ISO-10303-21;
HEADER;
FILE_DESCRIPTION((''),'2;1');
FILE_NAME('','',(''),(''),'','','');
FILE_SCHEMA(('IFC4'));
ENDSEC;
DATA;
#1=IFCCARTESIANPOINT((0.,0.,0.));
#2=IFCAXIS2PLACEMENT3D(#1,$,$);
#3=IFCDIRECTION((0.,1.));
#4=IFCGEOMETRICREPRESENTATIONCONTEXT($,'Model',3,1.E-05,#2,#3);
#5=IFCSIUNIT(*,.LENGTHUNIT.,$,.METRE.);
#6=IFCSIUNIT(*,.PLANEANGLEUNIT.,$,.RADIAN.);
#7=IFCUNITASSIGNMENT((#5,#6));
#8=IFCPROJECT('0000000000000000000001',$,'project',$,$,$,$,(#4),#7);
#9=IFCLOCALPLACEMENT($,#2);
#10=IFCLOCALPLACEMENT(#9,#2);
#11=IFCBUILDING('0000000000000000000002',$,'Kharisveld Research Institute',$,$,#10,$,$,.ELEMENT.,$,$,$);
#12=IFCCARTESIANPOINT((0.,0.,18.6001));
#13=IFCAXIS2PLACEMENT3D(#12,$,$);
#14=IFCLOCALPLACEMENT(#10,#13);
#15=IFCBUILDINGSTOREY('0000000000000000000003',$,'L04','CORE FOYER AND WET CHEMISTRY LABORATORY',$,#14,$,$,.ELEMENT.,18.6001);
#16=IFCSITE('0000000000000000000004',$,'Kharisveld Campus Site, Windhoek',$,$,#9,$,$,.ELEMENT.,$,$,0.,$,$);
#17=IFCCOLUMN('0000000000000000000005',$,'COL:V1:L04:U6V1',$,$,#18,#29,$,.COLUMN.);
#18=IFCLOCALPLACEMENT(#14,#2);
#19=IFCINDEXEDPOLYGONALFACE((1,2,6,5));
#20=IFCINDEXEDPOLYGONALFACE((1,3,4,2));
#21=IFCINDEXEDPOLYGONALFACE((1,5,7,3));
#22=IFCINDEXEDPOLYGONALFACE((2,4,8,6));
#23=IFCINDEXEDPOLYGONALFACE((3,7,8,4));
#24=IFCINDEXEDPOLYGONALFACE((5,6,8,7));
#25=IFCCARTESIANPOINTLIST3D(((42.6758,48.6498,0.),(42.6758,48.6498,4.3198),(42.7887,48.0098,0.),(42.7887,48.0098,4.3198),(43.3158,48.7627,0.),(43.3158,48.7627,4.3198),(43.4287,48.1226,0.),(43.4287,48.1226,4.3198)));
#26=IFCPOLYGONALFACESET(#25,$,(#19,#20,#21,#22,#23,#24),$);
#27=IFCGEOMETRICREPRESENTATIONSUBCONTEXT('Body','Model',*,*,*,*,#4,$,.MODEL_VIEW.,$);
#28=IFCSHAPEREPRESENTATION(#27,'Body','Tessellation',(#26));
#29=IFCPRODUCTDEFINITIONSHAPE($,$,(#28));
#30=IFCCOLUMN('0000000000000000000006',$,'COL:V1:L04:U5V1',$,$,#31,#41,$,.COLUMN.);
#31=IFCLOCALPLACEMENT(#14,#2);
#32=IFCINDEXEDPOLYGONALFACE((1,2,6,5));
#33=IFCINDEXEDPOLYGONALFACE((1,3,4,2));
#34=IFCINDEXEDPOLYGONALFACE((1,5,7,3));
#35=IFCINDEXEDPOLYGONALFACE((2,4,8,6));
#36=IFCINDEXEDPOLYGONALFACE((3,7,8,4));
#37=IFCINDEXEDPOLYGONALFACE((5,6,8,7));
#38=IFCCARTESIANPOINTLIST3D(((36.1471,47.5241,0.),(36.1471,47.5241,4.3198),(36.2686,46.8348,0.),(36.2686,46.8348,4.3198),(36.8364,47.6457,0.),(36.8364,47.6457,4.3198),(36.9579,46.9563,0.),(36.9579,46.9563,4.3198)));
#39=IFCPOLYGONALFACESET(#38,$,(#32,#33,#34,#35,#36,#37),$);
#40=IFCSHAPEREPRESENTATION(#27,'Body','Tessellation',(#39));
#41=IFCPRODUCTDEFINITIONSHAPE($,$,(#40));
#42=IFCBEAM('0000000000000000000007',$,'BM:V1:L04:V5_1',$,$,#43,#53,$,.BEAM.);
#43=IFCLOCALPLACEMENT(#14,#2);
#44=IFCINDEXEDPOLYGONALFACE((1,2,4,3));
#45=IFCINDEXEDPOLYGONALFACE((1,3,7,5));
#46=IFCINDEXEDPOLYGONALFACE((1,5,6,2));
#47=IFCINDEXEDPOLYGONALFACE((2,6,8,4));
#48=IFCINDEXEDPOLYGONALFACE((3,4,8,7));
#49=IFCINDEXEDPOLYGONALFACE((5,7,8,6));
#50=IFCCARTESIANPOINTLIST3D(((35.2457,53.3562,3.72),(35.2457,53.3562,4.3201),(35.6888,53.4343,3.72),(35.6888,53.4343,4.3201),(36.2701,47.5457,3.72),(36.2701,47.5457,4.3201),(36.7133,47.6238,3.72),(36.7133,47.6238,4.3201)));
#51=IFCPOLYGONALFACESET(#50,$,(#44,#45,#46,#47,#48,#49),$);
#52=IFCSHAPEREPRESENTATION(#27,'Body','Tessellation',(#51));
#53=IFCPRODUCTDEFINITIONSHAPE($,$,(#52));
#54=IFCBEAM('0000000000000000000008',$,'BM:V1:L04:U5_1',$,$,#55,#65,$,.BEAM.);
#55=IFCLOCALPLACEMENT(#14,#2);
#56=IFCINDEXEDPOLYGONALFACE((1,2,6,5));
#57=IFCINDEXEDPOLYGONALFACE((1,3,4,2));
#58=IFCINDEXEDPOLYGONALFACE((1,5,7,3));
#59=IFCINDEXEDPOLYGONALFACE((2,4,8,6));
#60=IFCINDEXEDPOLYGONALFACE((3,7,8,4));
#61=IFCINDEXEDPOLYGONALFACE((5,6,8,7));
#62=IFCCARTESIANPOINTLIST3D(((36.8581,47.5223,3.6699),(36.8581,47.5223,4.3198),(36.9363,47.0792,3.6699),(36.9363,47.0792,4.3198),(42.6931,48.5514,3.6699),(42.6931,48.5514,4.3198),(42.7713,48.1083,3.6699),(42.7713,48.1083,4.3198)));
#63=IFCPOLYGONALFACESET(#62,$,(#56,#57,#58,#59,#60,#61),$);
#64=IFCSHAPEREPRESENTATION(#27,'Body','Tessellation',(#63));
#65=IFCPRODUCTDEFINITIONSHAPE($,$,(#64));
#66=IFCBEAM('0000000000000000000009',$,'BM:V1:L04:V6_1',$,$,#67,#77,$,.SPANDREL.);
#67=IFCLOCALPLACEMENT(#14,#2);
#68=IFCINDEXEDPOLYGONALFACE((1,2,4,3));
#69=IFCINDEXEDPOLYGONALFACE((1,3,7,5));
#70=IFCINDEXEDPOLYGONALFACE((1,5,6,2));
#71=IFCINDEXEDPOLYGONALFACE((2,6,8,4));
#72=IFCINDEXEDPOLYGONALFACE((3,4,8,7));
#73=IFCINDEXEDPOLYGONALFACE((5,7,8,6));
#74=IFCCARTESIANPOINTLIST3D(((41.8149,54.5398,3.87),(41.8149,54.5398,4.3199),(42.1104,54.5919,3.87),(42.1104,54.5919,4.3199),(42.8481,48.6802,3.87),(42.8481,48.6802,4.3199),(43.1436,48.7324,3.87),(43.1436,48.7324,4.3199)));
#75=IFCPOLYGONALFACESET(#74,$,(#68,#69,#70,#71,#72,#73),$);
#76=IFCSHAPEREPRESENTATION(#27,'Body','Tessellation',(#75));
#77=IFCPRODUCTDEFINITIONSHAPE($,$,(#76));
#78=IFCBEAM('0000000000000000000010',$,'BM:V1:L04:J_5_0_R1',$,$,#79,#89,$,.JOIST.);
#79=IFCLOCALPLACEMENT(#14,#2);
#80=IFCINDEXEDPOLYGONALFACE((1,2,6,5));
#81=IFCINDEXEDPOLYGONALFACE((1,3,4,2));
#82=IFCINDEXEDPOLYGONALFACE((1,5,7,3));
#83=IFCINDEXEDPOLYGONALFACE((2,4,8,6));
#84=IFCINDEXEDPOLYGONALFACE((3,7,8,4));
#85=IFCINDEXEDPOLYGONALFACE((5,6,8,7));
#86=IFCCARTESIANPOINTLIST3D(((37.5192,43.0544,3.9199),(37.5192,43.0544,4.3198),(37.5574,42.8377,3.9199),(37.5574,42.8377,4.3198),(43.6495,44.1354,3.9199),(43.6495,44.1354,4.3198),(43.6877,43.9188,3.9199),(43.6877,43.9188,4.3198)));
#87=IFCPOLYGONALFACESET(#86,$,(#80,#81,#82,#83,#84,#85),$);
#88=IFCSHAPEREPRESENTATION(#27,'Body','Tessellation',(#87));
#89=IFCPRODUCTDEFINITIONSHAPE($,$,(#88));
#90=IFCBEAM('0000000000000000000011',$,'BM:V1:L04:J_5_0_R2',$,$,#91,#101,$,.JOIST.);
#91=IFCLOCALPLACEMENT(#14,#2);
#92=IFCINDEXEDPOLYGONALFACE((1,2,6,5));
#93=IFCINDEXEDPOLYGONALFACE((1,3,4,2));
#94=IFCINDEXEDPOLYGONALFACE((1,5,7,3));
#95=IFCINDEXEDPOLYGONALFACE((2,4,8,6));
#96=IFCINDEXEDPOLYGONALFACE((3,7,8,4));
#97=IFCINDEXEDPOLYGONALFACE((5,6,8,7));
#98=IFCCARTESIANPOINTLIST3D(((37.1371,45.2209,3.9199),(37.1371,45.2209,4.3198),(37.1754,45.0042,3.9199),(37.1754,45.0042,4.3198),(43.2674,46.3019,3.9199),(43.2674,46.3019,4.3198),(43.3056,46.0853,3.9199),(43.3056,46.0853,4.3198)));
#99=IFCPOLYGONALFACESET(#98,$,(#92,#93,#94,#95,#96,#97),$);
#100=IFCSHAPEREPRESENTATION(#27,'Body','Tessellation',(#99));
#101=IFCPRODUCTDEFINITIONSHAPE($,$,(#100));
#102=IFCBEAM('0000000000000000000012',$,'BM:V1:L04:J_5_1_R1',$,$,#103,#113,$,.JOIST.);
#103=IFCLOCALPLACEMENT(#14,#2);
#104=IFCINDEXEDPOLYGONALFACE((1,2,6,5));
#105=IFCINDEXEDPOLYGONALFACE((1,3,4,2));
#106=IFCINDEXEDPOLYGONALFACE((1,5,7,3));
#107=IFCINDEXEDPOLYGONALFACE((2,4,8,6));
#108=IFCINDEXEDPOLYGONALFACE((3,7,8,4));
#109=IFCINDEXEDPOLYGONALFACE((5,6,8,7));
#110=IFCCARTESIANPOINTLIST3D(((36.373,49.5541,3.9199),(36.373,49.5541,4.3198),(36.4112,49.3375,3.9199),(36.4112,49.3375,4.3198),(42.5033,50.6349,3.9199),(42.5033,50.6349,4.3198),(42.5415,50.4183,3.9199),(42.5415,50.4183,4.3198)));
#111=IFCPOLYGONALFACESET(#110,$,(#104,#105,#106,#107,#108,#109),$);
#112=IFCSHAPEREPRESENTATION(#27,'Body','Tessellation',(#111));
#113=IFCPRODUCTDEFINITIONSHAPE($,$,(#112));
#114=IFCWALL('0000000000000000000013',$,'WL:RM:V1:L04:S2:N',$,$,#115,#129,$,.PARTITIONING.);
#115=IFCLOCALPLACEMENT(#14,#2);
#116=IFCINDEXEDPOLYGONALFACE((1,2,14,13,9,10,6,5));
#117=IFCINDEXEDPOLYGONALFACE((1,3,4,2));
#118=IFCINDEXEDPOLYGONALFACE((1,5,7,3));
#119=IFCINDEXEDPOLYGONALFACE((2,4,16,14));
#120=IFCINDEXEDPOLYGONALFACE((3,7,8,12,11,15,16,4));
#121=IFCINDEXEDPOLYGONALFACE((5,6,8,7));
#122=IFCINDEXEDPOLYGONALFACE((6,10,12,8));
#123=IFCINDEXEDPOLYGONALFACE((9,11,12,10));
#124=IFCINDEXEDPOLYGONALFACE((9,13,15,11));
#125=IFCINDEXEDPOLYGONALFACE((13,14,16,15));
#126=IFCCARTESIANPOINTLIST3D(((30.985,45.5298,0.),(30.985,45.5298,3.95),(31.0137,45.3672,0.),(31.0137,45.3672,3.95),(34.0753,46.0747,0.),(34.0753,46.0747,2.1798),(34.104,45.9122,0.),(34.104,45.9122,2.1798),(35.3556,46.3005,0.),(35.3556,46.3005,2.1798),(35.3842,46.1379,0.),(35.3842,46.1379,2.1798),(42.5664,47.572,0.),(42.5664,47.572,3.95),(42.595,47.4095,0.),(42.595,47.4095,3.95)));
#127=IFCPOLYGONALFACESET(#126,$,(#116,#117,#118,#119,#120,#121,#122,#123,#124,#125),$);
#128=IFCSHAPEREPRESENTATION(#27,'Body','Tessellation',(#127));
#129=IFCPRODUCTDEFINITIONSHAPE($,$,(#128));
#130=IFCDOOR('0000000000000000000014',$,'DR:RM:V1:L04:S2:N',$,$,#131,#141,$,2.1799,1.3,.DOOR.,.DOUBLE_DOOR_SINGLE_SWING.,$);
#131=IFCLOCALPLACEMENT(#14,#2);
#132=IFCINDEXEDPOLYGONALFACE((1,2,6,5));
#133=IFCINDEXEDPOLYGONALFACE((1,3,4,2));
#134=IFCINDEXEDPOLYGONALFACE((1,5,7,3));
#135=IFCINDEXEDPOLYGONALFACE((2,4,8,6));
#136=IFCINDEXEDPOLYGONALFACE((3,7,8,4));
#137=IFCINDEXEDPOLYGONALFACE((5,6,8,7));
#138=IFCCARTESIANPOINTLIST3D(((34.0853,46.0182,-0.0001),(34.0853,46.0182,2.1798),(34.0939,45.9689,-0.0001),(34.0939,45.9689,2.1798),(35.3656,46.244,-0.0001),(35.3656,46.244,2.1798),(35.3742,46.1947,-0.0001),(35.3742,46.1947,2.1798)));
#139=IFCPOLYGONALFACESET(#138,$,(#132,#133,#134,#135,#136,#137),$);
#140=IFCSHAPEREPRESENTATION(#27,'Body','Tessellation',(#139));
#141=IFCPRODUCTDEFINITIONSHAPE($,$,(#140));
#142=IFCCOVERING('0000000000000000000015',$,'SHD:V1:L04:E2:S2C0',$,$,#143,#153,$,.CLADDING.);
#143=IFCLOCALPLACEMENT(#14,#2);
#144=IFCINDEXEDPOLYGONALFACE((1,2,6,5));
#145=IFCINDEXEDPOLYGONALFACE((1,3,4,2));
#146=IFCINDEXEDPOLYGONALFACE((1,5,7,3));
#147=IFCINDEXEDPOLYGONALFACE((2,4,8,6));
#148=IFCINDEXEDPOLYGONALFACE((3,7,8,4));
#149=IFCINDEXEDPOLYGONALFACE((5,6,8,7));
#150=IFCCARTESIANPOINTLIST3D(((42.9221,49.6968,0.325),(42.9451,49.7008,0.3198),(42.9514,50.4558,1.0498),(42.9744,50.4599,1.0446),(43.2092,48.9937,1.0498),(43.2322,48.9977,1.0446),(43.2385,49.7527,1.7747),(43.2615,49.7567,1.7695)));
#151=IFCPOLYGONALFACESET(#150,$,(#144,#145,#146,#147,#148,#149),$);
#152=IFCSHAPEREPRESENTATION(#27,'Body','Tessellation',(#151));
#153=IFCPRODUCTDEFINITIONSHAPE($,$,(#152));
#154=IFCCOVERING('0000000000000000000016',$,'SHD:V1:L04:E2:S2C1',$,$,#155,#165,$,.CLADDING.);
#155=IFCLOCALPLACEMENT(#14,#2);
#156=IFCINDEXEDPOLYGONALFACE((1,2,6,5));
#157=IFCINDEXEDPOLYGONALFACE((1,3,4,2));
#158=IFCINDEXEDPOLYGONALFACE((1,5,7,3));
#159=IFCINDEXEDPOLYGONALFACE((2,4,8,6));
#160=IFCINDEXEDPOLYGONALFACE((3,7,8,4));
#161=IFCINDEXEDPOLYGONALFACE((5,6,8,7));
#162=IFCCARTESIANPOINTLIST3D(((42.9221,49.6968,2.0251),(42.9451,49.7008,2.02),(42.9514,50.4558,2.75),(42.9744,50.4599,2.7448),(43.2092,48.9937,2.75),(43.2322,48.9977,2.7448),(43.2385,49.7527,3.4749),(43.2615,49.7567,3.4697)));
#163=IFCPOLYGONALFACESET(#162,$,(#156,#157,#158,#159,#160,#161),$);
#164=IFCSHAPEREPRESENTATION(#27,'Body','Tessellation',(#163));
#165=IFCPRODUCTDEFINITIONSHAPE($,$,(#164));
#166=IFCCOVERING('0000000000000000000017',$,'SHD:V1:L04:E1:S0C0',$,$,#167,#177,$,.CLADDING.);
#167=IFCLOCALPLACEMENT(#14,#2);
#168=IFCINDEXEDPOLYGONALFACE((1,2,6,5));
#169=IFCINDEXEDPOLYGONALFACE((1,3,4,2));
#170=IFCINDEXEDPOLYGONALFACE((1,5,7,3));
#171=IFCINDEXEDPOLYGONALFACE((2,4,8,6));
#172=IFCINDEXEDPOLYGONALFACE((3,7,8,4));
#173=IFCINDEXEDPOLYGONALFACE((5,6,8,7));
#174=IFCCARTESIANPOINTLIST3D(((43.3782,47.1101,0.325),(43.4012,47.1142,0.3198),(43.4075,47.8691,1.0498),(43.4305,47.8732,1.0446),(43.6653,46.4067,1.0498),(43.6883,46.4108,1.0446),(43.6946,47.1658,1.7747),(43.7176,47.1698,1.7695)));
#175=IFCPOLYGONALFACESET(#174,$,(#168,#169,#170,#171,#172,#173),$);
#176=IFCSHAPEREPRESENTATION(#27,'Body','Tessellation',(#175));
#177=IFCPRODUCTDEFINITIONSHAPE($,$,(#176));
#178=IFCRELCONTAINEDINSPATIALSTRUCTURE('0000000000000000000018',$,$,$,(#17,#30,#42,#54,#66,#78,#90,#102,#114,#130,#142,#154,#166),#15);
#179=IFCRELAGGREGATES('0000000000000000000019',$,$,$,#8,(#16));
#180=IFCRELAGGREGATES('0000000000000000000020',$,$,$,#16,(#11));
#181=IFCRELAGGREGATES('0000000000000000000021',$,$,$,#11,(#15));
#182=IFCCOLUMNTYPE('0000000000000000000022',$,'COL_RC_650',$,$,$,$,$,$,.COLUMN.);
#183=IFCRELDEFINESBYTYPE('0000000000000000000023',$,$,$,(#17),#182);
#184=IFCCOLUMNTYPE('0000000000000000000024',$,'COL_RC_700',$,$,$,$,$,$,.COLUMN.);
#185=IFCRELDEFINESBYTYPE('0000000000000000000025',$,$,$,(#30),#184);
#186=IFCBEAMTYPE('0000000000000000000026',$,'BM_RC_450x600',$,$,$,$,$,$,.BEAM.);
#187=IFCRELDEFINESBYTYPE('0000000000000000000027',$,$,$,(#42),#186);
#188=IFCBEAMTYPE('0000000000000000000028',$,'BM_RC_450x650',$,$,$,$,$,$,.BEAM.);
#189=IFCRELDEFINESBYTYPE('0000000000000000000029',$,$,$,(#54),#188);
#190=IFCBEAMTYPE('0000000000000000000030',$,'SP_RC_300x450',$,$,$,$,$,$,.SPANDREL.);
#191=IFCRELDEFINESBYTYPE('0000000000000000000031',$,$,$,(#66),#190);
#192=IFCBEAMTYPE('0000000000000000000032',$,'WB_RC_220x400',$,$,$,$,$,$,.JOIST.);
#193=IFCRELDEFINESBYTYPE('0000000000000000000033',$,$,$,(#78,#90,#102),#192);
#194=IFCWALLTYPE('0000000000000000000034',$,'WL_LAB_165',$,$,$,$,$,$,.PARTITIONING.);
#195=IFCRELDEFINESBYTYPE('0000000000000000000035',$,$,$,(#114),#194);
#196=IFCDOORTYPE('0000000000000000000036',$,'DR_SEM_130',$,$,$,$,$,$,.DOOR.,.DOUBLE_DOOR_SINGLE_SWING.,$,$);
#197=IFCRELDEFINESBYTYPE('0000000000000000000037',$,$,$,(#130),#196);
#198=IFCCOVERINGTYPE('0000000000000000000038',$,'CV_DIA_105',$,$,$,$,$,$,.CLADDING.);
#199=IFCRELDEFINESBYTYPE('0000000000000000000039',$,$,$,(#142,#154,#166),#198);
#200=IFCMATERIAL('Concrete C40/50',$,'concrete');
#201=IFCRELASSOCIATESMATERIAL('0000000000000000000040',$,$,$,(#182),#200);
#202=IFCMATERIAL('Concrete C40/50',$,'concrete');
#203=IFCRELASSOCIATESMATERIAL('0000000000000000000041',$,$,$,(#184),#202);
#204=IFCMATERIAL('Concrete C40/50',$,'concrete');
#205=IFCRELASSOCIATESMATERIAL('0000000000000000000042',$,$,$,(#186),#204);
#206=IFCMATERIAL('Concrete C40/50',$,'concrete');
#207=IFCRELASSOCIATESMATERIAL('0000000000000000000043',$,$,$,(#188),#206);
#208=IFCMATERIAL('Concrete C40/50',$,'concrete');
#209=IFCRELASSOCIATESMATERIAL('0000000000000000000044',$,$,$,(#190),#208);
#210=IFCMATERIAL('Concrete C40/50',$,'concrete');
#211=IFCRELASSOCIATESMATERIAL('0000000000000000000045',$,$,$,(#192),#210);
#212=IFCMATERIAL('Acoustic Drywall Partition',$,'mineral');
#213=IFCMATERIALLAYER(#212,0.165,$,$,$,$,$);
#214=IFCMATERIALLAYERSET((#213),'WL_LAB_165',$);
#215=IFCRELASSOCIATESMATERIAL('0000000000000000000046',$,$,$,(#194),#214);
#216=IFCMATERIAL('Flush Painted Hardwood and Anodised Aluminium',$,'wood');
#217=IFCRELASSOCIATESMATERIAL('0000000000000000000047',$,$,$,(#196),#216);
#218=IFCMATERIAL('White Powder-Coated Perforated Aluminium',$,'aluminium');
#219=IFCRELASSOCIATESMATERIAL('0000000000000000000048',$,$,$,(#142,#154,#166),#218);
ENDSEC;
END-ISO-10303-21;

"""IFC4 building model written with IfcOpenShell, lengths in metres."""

from ifc_helpers import new_model, si_unit, direction, frame, frame_2d, origin, origin_2d, place, context, subcontext, project, spatial, polyline, rectangle, outline, extrude, material, layer, layer_set, material_profile, profile_set, type_object, element, fill, save


model = new_model("IFC4")

# Units and contexts
model_context = context("Model", 3, precision=1e-05, world=origin(), true_north=direction((0.0, 1.0)))
body_context = subcontext(model_context, "Body", "Model", "MODEL_VIEW")
ifc_project = project(units=[si_unit("LENGTHUNIT", "METRE"), si_unit("PLANEANGLEUNIT", "RADIAN")], contexts=[model_context])

# Site, building, storey
site_placement = place(None, origin())
site = spatial("IfcSite", under=ifc_project, at=site_placement, Name="Kharisveld Campus Site, Windhoek", CompositionType="ELEMENT", RefElevation=0.0)
building_placement = place(site_placement, origin())
building = spatial("IfcBuilding", under=site, at=building_placement, Name="Kharisveld Research Institute", CompositionType="ELEMENT")
storey_placement = place(building_placement, frame((0.0, 0.0, 18.6001)))
storey = spatial("IfcBuildingStorey", under=building, at=storey_placement, Name="L04", Description="CORE FOYER AND WET CHEMISTRY LABORATORY", CompositionType="ELEMENT", Elevation=18.6001)

# Columns
ifc_material_1 = material(Name="Concrete C40/50", Category="concrete")
ifc_material_profile_1 = material_profile(ifc_material_1, rectangle(XDim=0.6499, YDim=0.6499, at=origin_2d()))
ifc_profile_set_1 = profile_set([ifc_material_profile_1], Name="Concrete C40/50")
column_type_1 = type_object("IfcColumnType", Name="COL_RC_650", PredefinedType="COLUMN", material=ifc_profile_set_1)
column_1_placement = place(storey_placement, frame((43.0522, 48.3862, 0.0), z_axis=(0.0, 0.0, 1.0), x_axis=(0.984808, 0.173648, 0.0)))
element("IfcColumn", 1, at=column_1_placement, inside=storey, type_object=column_type_1, Name="COL:V1:L04:U6V1", PredefinedType="COLUMN", context=body_context, shape_type="SweptSolid", body=[
    extrude(rectangle(XDim=0.6499, YDim=0.6499, at=origin_2d()), origin(), (0.0, 0.0, 1.0), 4.3198),
])
ifc_material_2 = material(Name="Concrete C40/50", Category="concrete")
ifc_material_profile_2 = material_profile(ifc_material_2, rectangle(XDim=0.7, YDim=0.7, at=origin_2d()))
ifc_profile_set_2 = profile_set([ifc_material_profile_2], Name="Concrete C40/50")
column_type_2 = type_object("IfcColumnType", Name="COL_RC_700", PredefinedType="COLUMN", material=ifc_profile_set_2)
column_2_placement = place(storey_placement, frame((36.5525, 47.2402, 0.0), z_axis=(0.0, 0.0, 1.0), x_axis=(0.984808, 0.173648, 0.0)))
element("IfcColumn", 2, at=column_2_placement, inside=storey, type_object=column_type_2, Name="COL:V1:L04:U5V1", PredefinedType="COLUMN", context=body_context, shape_type="SweptSolid", body=[
    extrude(rectangle(XDim=0.7, YDim=0.7, at=origin_2d()), origin(), (0.0, 0.0, 1.0), 4.3198),
])

# Beams
ifc_material_3 = material(Name="Concrete C40/50", Category="concrete")
ifc_material_profile_3 = material_profile(ifc_material_3, rectangle(XDim=0.45, YDim=0.6001, at=origin_2d()))
ifc_profile_set_3 = profile_set([ifc_material_profile_3], Name="Concrete C40/50")
beam_type_1 = type_object("IfcBeamType", Name="BM_RC_450x600", PredefinedType="BEAM", material=ifc_profile_set_3)
beam_1_placement = place(storey_placement, frame((36.4917, 47.5847, 4.02), z_axis=(-0.173625, 0.984812, 0.0), x_axis=(-0.984812, -0.173625, 0.0)))
element("IfcBeam", 3, at=beam_1_placement, inside=storey, type_object=beam_type_1, Name="BM:V1:L04:V5_1", PredefinedType="BEAM", context=body_context, shape_type="SweptSolid", body=[
    extrude(rectangle(XDim=0.45, YDim=0.6001, at=origin_2d()), origin(), (0.0, 0.0, 1.0), 5.9001),
])
ifc_material_4 = material(Name="Concrete C40/50", Category="concrete")
ifc_material_profile_4 = material_profile(ifc_material_4, rectangle(XDim=0.45, YDim=0.6499, at=origin_2d()))
ifc_profile_set_4 = profile_set([ifc_material_profile_4], Name="Concrete C40/50")
beam_type_2 = type_object("IfcBeamType", Name="BM_RC_450x650", PredefinedType="BEAM", material=ifc_profile_set_4)
beam_2_placement = place(storey_placement, frame((36.8972, 47.3008, 3.9949), z_axis=(0.984802, 0.17368, 0.0), x_axis=(-0.17368, 0.984802, 0.0)))
element("IfcBeam", 4, at=beam_2_placement, inside=storey, type_object=beam_type_2, Name="BM:V1:L04:U5_1", PredefinedType="BEAM", context=body_context, shape_type="SweptSolid", body=[
    extrude(rectangle(XDim=0.45, YDim=0.6499, at=origin_2d()), origin(), (0.0, 0.0, 1.0), 5.925),
])
ifc_material_5 = material(Name="Concrete C40/50", Category="concrete")
ifc_material_profile_5 = material_profile(ifc_material_5, rectangle(XDim=0.3, YDim=0.45, at=origin_2d()))
ifc_profile_set_5 = profile_set([ifc_material_profile_5], Name="Concrete C40/50")
beam_type_3 = type_object("IfcBeamType", Name="SP_RC_300x450", PredefinedType="SPANDREL", material=ifc_profile_set_5)
beam_3_placement = place(storey_placement, frame((42.9958, 48.7063, 4.095), z_axis=(-0.173647, 0.984808, 0.0), x_axis=(-0.984808, -0.173647, 0.0)))
element("IfcBeam", 5, at=beam_3_placement, inside=storey, type_object=beam_type_3, Name="BM:V1:L04:V6_1", PredefinedType="SPANDREL", context=body_context, shape_type="SweptSolid", body=[
    extrude(rectangle(XDim=0.3, YDim=0.45, at=origin_2d()), origin(), (0.0, 0.0, 1.0), 5.95),
])
ifc_material_6 = material(Name="Concrete C40/50", Category="concrete")
ifc_material_profile_6 = material_profile(ifc_material_6, rectangle(XDim=0.22, YDim=0.3999, at=origin_2d()))
ifc_profile_set_6 = profile_set([ifc_material_profile_6], Name="Concrete C40/50")
beam_type_4 = type_object("IfcBeamType", Name="WB_RC_220x400", PredefinedType="JOIST", material=ifc_profile_set_6)
for number, where, z_axis, x_axis, name in (
    (6, (37.5383, 42.946, 4.1199), (0.984805, 0.173665, 0.0), (-0.173665, 0.984805, 0.0), "BM:V1:L04:J_5_0_R1"),
    (7, (37.1562, 45.1125, 4.1199), (0.984805, 0.173665, 0.0), (-0.173665, 0.984805, 0.0), "BM:V1:L04:J_5_0_R2"),
    (8, (36.3921, 49.4458, 4.1199), (0.984812, 0.173626, 0.0), (-0.173626, 0.984812, 0.0), "BM:V1:L04:J_5_1_R1"),
):
    element("IfcBeam", number, at=place(storey_placement, frame(where, z_axis=z_axis, x_axis=x_axis)), inside=storey, type_object=beam_type_4, Name=name, PredefinedType="JOIST", context=body_context, shape_type="SweptSolid", body=[
        extrude(rectangle(XDim=0.22, YDim=0.3999, at=origin_2d()), origin(), (0.0, 0.0, 1.0), 6.2249),
    ])

# Wall, opening, door
ifc_material_7 = material(Name="Acoustic Drywall Partition", Category="mineral")
ifc_layer_1 = layer(ifc_material_7, 0.165)
ifc_layer_set_1 = layer_set([ifc_layer_1], Name="WL_LAB_165")
wall_type_1 = type_object("IfcWallType", Name="WL_LAB_165", PredefinedType="PARTITIONING", material=ifc_layer_set_1)
wall_1_placement = place(storey_placement, frame((42.5806, 47.4907, 0.0), z_axis=(0.0, 0.0, 1.0), x_axis=(-0.984806, -0.17366, 0.0)))
wall_1 = element("IfcWall", 9, at=wall_1_placement, inside=storey, type_object=wall_type_1, Name="WL:RM:V1:L04:S2:N", PredefinedType="PARTITIONING", context=body_context, shape_type="SweptSolid", body=[
    extrude(rectangle(XDim=11.76, YDim=0.165, at=frame_2d((5.8799, 0.0))), origin(), (0.0, 0.0, 1.0), 3.95),
])
opening_1_placement = place(wall_1_placement, frame((7.322, 0.0, 0.0)))
opening_1 = element("IfcOpeningElement", 10, at=opening_1_placement, cuts=wall_1, PredefinedType="OPENING", context=body_context, shape_type="SweptSolid", body=[
    extrude(rectangle(XDim=1.3, YDim=2.1799, at=frame_2d((0.6499, 1.0898))), frame((0.0, 0.0825, 0.0), z_axis=(0.0, -1.0, 0.0), x_axis=(1.0, 0.0, 0.0)), (0.0, 0.0, 1.0), 0.165),
])
ifc_material_8 = material(Name="Flush Painted Hardwood and Anodised Aluminium", Category="wood")
door_type = type_object("IfcDoorType", Name="DR_SEM_130", OperationType="DOUBLE_DOOR_SINGLE_SWING", PredefinedType="DOOR", material=ifc_material_8)
door_placement = place(opening_1_placement, origin())
door = element("IfcDoor", 11, at=door_placement, inside=storey, type_object=door_type, Name="DR:RM:V1:L04:S2:N", OperationType="DOUBLE_DOOR_SINGLE_SWING", OverallHeight=2.1799, OverallWidth=1.3, PredefinedType="DOOR", context=body_context, shape_type="SweptSolid", body=[
    extrude(rectangle(XDim=1.3, YDim=2.1799, at=frame_2d((0.6499, 1.0898))), frame((0.0, 0.0249, 0.0), z_axis=(0.0, -1.0, 0.0), x_axis=(1.0, 0.0, 0.0)), (0.0, 0.0, 1.0), 0.05),
])
fill(opening_1, door)

# Coverings
ifc_material_9 = material(Name="White Powder-Coated Perforated Aluminium", Category="aluminium")
covering_type = type_object("IfcCoveringType", Name="CV_DIA_105", PredefinedType="CLADDING")
for number, where, z_axis, x_axis, name in (
    (12, (42.9221, 49.6968, 0.325), (-0.961476, -0.169531, 0.216385), (0.273471, -0.669725, 0.690421), "SHD:V1:L04:E2:S2C0"),
    (13, (42.9221, 49.6968, 2.0251), (-0.961476, -0.169531, 0.216385), (0.273471, -0.669725, 0.690421), "SHD:V1:L04:E2:S2C1"),
):
    element("IfcCovering", number, at=place(storey_placement, frame(where, z_axis=z_axis, x_axis=x_axis)), inside=storey, type_object=covering_type, material=ifc_material_9, Name=name, PredefinedType="CLADDING", context=body_context, shape_type="SweptSolid", body=[
        extrude(outline(polyline([(0.0, 0.0), (1.0499, 0.0), (1.05, 1.05), (0.0001, 1.05), (0.0, 0.0)])), origin(), (0.0, 0.0, -1.0), 0.0239),
    ])
covering_placement = place(storey_placement, frame((43.3782, 47.1101, 0.325), z_axis=(-0.961487, -0.169504, 0.216358), x_axis=(0.273429, -0.669853, 0.690314)))
element("IfcCovering", 14, at=covering_placement, inside=storey, type_object=covering_type, material=ifc_material_9, Name="SHD:V1:L04:E1:S0C0", PredefinedType="CLADDING", context=body_context, shape_type="SweptSolid", body=[
    extrude(outline(polyline([(0.0, 0.0), (1.05, 0.0), (1.05, 1.05), (-0.0001, 1.05), (0.0, 0.0)])), origin(), (0.0, 0.0, -1.0), 0.0239),
])

save(model, "model.ifc")
